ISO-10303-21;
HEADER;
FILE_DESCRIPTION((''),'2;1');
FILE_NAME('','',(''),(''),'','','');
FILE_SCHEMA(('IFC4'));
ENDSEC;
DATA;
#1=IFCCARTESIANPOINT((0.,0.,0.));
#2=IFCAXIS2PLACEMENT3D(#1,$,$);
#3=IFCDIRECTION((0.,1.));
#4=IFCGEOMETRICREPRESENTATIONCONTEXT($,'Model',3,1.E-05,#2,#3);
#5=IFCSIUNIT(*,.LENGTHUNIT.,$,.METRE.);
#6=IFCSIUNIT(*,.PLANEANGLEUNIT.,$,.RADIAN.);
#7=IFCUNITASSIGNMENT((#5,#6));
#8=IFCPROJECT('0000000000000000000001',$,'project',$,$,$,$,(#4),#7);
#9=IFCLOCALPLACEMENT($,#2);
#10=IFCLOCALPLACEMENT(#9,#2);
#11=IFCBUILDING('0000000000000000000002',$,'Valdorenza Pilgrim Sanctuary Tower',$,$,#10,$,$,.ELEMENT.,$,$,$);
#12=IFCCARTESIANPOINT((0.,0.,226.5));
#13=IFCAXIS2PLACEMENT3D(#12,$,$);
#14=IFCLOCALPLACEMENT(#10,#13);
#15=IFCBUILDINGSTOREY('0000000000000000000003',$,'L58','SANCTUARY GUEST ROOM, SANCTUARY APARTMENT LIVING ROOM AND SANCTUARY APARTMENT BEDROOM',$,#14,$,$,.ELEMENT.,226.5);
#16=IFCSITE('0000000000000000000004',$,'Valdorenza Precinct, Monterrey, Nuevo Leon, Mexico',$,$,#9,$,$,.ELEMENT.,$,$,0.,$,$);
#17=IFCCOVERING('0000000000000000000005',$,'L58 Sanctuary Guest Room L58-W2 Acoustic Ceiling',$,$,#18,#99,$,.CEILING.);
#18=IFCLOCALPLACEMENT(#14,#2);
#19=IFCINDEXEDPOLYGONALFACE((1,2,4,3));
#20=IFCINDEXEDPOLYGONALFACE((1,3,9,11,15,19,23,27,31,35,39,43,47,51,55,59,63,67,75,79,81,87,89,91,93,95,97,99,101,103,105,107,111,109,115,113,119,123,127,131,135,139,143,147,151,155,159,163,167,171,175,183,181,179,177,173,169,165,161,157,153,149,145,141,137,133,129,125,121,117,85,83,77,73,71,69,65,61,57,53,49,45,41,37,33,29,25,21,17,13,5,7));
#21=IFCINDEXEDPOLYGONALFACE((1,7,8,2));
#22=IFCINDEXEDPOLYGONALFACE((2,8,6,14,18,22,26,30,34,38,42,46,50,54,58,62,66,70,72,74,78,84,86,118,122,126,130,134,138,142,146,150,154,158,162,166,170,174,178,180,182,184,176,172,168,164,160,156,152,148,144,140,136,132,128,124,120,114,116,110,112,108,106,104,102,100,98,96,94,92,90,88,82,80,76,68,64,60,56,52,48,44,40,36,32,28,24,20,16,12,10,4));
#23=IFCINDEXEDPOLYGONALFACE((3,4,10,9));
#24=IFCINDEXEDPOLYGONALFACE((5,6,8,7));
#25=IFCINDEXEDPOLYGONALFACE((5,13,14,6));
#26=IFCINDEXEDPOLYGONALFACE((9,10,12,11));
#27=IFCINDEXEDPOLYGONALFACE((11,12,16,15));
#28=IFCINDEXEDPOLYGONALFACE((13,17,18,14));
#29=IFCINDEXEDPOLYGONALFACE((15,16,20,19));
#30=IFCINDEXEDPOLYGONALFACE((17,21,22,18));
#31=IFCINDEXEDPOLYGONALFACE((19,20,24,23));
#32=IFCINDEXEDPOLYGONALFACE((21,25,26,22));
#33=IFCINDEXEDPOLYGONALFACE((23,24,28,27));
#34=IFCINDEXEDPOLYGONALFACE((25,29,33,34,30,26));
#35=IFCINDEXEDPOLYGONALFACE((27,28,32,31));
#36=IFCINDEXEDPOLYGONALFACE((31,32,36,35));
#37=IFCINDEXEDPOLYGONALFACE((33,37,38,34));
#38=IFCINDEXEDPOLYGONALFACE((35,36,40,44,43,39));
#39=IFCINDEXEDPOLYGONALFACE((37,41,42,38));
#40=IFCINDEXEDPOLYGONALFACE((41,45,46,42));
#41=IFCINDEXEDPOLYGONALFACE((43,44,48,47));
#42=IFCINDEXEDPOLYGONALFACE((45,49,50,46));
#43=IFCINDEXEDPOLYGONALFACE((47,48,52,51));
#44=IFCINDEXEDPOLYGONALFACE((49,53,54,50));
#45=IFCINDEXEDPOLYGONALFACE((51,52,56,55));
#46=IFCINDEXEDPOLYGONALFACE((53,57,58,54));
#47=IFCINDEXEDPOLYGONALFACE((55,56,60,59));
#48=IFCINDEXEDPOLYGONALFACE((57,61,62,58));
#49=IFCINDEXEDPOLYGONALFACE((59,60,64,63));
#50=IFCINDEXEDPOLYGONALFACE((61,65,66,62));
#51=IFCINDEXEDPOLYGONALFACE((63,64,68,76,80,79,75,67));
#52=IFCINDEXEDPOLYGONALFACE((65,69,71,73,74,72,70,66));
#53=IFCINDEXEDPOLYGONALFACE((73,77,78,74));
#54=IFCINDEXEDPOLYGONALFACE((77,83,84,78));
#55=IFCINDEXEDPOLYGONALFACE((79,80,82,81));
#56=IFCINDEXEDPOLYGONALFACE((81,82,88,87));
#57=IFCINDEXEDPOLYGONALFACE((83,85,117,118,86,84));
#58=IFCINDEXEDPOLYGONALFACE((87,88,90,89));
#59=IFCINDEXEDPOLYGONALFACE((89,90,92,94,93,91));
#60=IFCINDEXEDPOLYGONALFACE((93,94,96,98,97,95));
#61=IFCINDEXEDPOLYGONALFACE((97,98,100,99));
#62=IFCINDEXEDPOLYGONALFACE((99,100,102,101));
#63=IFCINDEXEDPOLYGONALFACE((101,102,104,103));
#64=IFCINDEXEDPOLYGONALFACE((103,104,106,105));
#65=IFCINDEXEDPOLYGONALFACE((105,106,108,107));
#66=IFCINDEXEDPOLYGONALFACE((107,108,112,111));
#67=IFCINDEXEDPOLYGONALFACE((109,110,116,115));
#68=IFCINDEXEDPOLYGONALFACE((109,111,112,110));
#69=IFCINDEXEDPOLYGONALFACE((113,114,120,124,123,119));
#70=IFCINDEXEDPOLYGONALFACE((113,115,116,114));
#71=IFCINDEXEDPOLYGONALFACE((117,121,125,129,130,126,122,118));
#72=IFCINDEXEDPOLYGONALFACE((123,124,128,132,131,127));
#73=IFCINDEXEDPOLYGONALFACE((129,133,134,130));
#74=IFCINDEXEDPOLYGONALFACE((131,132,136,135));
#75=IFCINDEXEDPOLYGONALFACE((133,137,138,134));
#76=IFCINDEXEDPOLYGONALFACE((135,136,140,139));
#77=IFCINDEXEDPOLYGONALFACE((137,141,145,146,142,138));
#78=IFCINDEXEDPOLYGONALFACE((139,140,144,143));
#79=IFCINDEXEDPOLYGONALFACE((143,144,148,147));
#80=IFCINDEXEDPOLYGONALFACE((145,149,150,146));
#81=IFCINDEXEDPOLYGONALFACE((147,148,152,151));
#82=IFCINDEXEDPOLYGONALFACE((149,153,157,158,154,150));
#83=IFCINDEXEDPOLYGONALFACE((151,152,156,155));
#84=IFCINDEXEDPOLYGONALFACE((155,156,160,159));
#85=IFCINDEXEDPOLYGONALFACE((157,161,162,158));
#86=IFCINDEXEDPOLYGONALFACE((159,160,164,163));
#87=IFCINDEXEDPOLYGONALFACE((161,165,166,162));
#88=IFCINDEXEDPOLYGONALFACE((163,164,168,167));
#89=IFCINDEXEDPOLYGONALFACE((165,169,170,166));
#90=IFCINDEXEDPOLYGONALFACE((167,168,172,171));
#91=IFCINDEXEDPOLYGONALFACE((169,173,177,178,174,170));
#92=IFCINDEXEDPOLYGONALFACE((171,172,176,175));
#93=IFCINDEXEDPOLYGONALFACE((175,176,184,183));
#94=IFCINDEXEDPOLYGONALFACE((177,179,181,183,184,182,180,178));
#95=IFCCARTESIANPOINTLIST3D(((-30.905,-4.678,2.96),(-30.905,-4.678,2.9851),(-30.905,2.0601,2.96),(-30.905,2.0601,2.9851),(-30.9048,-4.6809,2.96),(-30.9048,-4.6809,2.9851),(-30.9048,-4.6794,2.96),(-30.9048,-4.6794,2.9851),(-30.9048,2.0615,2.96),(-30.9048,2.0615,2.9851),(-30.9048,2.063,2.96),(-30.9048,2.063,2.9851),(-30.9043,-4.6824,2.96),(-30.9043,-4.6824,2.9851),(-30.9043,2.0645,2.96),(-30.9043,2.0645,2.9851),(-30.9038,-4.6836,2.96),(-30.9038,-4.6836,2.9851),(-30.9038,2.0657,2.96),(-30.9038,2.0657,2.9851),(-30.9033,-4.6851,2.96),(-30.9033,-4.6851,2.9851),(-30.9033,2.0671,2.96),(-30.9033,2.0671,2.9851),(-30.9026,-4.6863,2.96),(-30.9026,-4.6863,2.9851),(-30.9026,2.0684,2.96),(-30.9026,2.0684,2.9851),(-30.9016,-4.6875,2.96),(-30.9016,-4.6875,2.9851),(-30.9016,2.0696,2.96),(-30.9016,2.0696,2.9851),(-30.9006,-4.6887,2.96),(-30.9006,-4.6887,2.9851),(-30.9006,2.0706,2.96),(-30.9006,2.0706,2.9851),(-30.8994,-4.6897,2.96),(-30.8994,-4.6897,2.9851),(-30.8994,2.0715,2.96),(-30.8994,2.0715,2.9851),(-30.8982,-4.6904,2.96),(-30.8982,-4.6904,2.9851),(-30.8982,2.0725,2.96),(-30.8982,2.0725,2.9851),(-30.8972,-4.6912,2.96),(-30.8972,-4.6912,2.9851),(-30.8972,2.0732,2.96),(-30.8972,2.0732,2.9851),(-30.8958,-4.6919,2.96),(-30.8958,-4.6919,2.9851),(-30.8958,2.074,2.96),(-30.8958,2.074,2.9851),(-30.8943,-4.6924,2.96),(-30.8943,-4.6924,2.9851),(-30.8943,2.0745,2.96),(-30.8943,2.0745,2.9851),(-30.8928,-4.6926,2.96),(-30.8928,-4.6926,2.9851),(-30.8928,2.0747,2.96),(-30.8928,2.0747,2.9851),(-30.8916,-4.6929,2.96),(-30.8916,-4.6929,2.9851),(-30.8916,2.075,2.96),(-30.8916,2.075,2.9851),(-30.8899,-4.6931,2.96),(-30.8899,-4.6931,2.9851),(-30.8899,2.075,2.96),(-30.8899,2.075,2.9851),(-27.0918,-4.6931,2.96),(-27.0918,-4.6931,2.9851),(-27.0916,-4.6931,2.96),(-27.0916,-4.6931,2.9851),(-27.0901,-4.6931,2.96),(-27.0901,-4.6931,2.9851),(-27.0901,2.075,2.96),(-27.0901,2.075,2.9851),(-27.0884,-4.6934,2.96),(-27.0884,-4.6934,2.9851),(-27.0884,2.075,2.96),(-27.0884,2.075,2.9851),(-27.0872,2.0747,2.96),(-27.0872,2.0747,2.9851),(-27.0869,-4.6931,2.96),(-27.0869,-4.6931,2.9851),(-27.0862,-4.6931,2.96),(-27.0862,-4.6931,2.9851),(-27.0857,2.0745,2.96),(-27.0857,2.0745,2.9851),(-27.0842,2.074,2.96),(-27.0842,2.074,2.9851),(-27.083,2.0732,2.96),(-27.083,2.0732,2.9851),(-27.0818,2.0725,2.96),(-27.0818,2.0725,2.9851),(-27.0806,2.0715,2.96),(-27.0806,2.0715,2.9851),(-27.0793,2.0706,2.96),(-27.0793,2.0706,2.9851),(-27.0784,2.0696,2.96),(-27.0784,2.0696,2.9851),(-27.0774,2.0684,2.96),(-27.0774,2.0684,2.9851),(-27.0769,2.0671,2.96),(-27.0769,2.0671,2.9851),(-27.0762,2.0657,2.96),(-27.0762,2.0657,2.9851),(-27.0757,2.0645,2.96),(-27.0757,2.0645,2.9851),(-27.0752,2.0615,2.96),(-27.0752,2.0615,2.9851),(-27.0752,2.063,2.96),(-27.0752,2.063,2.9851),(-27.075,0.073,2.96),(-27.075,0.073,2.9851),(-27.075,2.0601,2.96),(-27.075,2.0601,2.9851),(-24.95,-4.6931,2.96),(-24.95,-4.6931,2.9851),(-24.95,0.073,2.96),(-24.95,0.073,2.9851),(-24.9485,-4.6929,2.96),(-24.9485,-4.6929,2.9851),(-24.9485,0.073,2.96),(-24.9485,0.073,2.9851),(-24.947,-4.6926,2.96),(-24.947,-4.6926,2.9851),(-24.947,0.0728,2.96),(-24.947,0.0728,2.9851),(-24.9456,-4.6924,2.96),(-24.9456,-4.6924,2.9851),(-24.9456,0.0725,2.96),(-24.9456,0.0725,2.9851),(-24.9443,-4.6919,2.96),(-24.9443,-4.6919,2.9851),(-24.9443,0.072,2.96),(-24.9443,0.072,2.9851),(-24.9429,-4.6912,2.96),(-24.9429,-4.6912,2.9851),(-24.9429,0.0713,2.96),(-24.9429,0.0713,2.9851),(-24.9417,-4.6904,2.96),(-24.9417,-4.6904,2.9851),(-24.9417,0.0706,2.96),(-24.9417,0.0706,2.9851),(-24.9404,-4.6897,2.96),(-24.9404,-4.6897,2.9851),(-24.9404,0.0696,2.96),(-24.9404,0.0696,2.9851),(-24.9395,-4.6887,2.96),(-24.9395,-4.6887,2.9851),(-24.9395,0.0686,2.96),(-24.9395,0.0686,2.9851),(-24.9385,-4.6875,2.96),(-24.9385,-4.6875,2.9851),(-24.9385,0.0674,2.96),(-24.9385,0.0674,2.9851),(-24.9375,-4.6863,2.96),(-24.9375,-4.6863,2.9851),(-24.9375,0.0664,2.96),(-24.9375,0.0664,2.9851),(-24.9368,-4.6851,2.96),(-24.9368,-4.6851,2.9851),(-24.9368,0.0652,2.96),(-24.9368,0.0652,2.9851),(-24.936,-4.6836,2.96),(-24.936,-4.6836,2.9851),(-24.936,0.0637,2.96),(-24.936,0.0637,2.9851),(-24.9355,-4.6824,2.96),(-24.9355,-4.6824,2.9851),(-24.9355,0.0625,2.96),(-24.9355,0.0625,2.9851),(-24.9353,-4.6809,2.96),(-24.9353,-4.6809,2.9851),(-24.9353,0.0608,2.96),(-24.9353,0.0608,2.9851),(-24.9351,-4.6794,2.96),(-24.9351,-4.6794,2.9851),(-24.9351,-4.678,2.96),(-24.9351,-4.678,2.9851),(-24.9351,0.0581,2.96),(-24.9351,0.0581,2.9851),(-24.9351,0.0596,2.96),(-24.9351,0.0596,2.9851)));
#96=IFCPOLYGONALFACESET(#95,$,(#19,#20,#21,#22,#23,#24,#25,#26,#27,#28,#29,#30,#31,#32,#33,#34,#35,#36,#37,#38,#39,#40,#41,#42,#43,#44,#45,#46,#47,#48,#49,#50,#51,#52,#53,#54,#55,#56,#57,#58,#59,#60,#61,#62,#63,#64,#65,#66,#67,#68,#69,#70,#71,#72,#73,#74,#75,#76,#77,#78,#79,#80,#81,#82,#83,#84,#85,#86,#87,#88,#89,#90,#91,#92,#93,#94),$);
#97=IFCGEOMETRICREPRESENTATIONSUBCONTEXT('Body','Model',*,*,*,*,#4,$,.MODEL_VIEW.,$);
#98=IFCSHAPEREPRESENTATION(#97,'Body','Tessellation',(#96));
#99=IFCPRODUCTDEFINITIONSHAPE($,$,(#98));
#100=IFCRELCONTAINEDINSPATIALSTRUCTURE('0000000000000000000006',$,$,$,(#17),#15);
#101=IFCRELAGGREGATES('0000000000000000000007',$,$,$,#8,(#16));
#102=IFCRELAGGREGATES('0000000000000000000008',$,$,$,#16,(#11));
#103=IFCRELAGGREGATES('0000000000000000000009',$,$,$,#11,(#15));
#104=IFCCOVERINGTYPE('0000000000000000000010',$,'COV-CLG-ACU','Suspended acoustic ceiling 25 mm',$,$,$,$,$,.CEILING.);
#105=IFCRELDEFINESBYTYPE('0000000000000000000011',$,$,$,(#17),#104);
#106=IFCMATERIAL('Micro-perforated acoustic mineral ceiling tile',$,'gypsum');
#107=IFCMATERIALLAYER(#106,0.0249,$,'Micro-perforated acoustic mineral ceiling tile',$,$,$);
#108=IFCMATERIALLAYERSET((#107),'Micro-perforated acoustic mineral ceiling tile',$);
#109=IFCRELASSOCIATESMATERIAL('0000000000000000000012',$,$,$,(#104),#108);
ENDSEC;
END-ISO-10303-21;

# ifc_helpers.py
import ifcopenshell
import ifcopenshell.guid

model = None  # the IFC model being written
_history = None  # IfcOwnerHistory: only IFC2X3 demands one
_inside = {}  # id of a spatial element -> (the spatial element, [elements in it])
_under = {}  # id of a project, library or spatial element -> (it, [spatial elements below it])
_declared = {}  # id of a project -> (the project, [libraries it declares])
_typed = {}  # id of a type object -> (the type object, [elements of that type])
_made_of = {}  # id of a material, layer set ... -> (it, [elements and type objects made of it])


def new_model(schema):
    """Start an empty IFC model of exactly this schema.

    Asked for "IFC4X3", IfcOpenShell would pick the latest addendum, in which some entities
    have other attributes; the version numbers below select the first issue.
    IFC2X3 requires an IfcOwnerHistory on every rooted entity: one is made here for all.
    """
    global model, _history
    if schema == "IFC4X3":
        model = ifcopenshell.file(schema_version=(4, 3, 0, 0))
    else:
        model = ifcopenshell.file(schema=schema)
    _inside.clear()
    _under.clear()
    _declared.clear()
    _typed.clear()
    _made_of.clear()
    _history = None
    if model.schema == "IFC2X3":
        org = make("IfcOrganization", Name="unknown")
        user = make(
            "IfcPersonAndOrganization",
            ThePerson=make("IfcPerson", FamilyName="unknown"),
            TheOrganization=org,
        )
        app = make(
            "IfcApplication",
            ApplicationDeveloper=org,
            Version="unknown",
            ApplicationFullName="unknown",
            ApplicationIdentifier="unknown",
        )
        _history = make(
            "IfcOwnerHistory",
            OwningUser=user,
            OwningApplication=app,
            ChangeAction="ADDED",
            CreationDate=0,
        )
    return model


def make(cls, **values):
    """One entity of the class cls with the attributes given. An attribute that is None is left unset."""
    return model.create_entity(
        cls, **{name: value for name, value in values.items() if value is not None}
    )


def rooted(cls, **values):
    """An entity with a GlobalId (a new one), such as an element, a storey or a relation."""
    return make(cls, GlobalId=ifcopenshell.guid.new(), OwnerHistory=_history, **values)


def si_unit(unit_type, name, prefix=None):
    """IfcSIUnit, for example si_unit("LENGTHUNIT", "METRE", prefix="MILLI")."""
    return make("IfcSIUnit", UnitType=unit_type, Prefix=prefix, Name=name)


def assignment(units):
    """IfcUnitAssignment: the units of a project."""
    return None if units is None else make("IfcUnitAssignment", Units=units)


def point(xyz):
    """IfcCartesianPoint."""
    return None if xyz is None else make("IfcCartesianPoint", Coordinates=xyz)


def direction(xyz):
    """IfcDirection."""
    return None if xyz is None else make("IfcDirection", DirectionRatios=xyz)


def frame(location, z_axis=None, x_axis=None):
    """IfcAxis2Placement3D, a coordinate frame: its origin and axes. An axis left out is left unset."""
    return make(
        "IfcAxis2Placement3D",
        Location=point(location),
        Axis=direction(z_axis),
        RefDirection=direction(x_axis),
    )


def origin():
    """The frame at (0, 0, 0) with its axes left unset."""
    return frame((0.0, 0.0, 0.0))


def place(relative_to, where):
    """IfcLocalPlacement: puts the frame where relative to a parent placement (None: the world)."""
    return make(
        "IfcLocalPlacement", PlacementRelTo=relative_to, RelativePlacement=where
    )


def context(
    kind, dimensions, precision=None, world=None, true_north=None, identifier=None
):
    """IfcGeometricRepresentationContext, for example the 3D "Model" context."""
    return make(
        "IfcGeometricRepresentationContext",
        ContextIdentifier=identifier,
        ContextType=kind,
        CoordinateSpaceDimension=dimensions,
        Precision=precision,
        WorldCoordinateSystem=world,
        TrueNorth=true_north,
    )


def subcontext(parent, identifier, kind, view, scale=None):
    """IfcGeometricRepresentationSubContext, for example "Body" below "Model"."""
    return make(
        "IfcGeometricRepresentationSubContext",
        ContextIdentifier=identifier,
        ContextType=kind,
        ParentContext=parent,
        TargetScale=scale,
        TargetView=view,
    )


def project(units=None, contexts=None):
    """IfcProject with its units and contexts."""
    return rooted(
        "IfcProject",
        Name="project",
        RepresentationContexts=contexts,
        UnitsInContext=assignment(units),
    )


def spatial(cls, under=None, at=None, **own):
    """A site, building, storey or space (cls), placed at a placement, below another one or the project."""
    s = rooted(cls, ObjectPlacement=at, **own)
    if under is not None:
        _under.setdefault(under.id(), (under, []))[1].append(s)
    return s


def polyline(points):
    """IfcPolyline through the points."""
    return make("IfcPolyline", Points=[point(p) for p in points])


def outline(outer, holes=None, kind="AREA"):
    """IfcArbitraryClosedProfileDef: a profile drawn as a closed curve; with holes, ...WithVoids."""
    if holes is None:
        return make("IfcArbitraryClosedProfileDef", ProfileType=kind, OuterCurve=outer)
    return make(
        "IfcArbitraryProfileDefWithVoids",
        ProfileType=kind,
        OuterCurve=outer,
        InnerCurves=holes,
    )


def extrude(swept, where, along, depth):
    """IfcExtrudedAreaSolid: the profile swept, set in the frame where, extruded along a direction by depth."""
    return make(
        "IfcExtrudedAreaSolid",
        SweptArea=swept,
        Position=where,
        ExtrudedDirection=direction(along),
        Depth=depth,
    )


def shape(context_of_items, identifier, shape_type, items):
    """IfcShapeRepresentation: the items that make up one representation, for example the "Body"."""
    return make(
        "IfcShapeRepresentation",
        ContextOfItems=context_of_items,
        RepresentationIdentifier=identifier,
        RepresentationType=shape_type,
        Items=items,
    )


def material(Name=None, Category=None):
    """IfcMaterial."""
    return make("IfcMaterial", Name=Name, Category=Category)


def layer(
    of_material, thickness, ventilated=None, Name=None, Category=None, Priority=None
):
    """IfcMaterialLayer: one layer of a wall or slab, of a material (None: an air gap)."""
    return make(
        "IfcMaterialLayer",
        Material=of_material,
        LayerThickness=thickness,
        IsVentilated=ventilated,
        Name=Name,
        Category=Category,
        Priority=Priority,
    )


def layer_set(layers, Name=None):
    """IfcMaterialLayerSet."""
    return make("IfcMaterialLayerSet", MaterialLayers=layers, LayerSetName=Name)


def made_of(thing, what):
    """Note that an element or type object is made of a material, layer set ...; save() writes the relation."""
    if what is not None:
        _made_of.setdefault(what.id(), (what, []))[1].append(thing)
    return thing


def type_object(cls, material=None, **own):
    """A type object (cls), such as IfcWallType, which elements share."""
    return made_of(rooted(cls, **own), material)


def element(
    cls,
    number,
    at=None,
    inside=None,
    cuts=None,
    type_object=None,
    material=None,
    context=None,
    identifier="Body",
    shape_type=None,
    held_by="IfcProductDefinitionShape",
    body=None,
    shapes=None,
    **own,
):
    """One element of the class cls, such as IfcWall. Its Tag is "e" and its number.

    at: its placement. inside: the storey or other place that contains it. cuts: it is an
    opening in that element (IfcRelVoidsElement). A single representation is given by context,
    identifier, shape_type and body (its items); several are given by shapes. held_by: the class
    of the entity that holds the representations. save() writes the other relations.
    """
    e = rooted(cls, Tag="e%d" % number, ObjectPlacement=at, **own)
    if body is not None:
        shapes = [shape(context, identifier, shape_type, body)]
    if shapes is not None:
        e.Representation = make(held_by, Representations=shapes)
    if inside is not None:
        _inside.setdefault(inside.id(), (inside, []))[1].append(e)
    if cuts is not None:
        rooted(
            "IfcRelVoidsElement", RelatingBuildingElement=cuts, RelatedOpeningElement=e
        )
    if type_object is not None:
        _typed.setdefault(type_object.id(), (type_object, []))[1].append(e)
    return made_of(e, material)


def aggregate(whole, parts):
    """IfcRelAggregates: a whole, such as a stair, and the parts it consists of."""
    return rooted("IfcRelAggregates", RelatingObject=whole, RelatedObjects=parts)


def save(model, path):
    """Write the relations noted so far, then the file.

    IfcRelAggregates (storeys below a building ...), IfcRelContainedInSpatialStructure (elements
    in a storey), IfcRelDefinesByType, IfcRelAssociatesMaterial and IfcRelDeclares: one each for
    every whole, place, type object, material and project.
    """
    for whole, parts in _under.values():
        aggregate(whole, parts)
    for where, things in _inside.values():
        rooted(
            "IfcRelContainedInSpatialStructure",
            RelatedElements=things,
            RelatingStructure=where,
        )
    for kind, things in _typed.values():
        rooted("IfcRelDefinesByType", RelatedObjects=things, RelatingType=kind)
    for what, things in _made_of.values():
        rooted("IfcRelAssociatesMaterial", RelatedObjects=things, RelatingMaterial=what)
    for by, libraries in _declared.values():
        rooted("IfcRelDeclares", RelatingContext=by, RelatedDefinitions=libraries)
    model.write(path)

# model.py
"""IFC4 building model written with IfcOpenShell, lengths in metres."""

from ifc_helpers import new_model, si_unit, direction, frame, origin, place, context, subcontext, project, spatial, polyline, outline, extrude, material, layer, layer_set, type_object, element, save


model = new_model("IFC4")

# Units and contexts
model_context = context("Model", 3, precision=1e-05, world=origin(), true_north=direction((0.0, 1.0)))
body_context = subcontext(model_context, "Body", "Model", "MODEL_VIEW")
ifc_project = project(units=[si_unit("LENGTHUNIT", "METRE"), si_unit("PLANEANGLEUNIT", "RADIAN")], contexts=[model_context])

# Site, building, storey
site_placement = place(None, origin())
site = spatial("IfcSite", under=ifc_project, at=site_placement, Name="Valdorenza Precinct, Monterrey, Nuevo Leon, Mexico", CompositionType="ELEMENT", RefElevation=0.0)
building_placement = place(site_placement, origin())
building = spatial("IfcBuilding", under=site, at=building_placement, Name="Valdorenza Pilgrim Sanctuary Tower", CompositionType="ELEMENT")
storey_placement = place(building_placement, frame((0.0, 0.0, 226.5)))
storey = spatial("IfcBuildingStorey", under=building, at=storey_placement, Name="L58", Description="SANCTUARY GUEST ROOM, SANCTUARY APARTMENT LIVING ROOM AND SANCTUARY APARTMENT BEDROOM", CompositionType="ELEMENT", Elevation=226.5)

# Covering
ifc_material_1 = material(Name="Micro-perforated acoustic mineral ceiling tile", Category="gypsum")
ifc_layer_1 = layer(ifc_material_1, 0.0249, Name="Micro-perforated acoustic mineral ceiling tile")
ifc_layer_set_1 = layer_set([ifc_layer_1], Name="Micro-perforated acoustic mineral ceiling tile")
covering_type_1 = type_object("IfcCoveringType", Name="COV-CLG-ACU", Description="Suspended acoustic ceiling 25 mm", PredefinedType="CEILING", material=ifc_layer_set_1)
covering_1_placement = place(storey_placement, frame((0.0, 0.0, 2.96)))
element("IfcCovering", 1, at=covering_1_placement, inside=storey, type_object=covering_type_1, Name="L58 Sanctuary Guest Room L58-W2 Acoustic Ceiling", PredefinedType="CEILING", context=body_context, shape_type="SweptSolid", body=[
    extrude(outline(polyline([(-30.905, 2.0601), (-30.9048, 2.0615), (-30.9048, 2.063), (-30.9043, 2.0645), (-30.9038, 2.0657), (-30.9033, 2.0671), (-30.9026, 2.0684), (-30.9016, 2.0696), (-30.9006, 2.0706), (-30.8994, 2.0715), (-30.8982, 2.0725), (-30.8972, 2.0732), (-30.8958, 2.074), (-30.8943, 2.0745), (-30.8928, 2.0747), (-30.8916, 2.075), (-30.8899, 2.075), (-27.0901, 2.075), (-27.0884, 2.075), (-27.0872, 2.0747), (-27.0857, 2.0745), (-27.0842, 2.074), (-27.083, 2.0732), (-27.0818, 2.0725), (-27.0806, 2.0715), (-27.0793, 2.0706), (-27.0784, 2.0696), (-27.0774, 2.0684), (-27.0769, 2.0671), (-27.0762, 2.0657), (-27.0757, 2.0645), (-27.0752, 2.063), (-27.0752, 2.0615), (-27.075, 2.0601), (-27.075, 0.073), (-24.95, 0.073), (-24.9485, 0.073), (-24.947, 0.0728), (-24.9456, 0.0725), (-24.9443, 0.072), (-24.9429, 0.0713), (-24.9417, 0.0706), (-24.9404, 0.0696), (-24.9395, 0.0686), (-24.9385, 0.0674), (-24.9375, 0.0664), (-24.9368, 0.0652), (-24.936, 0.0637), (-24.9355, 0.0625), (-24.9353, 0.0608), (-24.9351, 0.0596), (-24.9351, 0.0581), (-24.9351, -4.678), (-24.9351, -4.6794), (-24.9353, -4.6809), (-24.9355, -4.6824), (-24.936, -4.6836), (-24.9368, -4.6851), (-24.9375, -4.6863), (-24.9385, -4.6875), (-24.9395, -4.6887), (-24.9404, -4.6897), (-24.9417, -4.6904), (-24.9429, -4.6912), (-24.9443, -4.6919), (-24.9456, -4.6924), (-24.947, -4.6926), (-24.9485, -4.6929), (-24.95, -4.6931), (-27.0862, -4.6931), (-27.0869, -4.6931), (-27.0884, -4.6934), (-27.0901, -4.6931), (-27.0916, -4.6931), (-27.0918, -4.6931), (-30.8899, -4.6931), (-30.8916, -4.6929), (-30.8928, -4.6926), (-30.8943, -4.6924), (-30.8958, -4.6919), (-30.8972, -4.6912), (-30.8982, -4.6904), (-30.8994, -4.6897), (-30.9006, -4.6887), (-30.9016, -4.6875), (-30.9026, -4.6863), (-30.9033, -4.6851), (-30.9038, -4.6836), (-30.9043, -4.6824), (-30.9048, -4.6809), (-30.9048, -4.6794), (-30.905, -4.678), (-30.905, 2.0601)])), origin(), (0.0, 0.0, 1.0), 0.0251),
])

save(model, "model.ifc")
